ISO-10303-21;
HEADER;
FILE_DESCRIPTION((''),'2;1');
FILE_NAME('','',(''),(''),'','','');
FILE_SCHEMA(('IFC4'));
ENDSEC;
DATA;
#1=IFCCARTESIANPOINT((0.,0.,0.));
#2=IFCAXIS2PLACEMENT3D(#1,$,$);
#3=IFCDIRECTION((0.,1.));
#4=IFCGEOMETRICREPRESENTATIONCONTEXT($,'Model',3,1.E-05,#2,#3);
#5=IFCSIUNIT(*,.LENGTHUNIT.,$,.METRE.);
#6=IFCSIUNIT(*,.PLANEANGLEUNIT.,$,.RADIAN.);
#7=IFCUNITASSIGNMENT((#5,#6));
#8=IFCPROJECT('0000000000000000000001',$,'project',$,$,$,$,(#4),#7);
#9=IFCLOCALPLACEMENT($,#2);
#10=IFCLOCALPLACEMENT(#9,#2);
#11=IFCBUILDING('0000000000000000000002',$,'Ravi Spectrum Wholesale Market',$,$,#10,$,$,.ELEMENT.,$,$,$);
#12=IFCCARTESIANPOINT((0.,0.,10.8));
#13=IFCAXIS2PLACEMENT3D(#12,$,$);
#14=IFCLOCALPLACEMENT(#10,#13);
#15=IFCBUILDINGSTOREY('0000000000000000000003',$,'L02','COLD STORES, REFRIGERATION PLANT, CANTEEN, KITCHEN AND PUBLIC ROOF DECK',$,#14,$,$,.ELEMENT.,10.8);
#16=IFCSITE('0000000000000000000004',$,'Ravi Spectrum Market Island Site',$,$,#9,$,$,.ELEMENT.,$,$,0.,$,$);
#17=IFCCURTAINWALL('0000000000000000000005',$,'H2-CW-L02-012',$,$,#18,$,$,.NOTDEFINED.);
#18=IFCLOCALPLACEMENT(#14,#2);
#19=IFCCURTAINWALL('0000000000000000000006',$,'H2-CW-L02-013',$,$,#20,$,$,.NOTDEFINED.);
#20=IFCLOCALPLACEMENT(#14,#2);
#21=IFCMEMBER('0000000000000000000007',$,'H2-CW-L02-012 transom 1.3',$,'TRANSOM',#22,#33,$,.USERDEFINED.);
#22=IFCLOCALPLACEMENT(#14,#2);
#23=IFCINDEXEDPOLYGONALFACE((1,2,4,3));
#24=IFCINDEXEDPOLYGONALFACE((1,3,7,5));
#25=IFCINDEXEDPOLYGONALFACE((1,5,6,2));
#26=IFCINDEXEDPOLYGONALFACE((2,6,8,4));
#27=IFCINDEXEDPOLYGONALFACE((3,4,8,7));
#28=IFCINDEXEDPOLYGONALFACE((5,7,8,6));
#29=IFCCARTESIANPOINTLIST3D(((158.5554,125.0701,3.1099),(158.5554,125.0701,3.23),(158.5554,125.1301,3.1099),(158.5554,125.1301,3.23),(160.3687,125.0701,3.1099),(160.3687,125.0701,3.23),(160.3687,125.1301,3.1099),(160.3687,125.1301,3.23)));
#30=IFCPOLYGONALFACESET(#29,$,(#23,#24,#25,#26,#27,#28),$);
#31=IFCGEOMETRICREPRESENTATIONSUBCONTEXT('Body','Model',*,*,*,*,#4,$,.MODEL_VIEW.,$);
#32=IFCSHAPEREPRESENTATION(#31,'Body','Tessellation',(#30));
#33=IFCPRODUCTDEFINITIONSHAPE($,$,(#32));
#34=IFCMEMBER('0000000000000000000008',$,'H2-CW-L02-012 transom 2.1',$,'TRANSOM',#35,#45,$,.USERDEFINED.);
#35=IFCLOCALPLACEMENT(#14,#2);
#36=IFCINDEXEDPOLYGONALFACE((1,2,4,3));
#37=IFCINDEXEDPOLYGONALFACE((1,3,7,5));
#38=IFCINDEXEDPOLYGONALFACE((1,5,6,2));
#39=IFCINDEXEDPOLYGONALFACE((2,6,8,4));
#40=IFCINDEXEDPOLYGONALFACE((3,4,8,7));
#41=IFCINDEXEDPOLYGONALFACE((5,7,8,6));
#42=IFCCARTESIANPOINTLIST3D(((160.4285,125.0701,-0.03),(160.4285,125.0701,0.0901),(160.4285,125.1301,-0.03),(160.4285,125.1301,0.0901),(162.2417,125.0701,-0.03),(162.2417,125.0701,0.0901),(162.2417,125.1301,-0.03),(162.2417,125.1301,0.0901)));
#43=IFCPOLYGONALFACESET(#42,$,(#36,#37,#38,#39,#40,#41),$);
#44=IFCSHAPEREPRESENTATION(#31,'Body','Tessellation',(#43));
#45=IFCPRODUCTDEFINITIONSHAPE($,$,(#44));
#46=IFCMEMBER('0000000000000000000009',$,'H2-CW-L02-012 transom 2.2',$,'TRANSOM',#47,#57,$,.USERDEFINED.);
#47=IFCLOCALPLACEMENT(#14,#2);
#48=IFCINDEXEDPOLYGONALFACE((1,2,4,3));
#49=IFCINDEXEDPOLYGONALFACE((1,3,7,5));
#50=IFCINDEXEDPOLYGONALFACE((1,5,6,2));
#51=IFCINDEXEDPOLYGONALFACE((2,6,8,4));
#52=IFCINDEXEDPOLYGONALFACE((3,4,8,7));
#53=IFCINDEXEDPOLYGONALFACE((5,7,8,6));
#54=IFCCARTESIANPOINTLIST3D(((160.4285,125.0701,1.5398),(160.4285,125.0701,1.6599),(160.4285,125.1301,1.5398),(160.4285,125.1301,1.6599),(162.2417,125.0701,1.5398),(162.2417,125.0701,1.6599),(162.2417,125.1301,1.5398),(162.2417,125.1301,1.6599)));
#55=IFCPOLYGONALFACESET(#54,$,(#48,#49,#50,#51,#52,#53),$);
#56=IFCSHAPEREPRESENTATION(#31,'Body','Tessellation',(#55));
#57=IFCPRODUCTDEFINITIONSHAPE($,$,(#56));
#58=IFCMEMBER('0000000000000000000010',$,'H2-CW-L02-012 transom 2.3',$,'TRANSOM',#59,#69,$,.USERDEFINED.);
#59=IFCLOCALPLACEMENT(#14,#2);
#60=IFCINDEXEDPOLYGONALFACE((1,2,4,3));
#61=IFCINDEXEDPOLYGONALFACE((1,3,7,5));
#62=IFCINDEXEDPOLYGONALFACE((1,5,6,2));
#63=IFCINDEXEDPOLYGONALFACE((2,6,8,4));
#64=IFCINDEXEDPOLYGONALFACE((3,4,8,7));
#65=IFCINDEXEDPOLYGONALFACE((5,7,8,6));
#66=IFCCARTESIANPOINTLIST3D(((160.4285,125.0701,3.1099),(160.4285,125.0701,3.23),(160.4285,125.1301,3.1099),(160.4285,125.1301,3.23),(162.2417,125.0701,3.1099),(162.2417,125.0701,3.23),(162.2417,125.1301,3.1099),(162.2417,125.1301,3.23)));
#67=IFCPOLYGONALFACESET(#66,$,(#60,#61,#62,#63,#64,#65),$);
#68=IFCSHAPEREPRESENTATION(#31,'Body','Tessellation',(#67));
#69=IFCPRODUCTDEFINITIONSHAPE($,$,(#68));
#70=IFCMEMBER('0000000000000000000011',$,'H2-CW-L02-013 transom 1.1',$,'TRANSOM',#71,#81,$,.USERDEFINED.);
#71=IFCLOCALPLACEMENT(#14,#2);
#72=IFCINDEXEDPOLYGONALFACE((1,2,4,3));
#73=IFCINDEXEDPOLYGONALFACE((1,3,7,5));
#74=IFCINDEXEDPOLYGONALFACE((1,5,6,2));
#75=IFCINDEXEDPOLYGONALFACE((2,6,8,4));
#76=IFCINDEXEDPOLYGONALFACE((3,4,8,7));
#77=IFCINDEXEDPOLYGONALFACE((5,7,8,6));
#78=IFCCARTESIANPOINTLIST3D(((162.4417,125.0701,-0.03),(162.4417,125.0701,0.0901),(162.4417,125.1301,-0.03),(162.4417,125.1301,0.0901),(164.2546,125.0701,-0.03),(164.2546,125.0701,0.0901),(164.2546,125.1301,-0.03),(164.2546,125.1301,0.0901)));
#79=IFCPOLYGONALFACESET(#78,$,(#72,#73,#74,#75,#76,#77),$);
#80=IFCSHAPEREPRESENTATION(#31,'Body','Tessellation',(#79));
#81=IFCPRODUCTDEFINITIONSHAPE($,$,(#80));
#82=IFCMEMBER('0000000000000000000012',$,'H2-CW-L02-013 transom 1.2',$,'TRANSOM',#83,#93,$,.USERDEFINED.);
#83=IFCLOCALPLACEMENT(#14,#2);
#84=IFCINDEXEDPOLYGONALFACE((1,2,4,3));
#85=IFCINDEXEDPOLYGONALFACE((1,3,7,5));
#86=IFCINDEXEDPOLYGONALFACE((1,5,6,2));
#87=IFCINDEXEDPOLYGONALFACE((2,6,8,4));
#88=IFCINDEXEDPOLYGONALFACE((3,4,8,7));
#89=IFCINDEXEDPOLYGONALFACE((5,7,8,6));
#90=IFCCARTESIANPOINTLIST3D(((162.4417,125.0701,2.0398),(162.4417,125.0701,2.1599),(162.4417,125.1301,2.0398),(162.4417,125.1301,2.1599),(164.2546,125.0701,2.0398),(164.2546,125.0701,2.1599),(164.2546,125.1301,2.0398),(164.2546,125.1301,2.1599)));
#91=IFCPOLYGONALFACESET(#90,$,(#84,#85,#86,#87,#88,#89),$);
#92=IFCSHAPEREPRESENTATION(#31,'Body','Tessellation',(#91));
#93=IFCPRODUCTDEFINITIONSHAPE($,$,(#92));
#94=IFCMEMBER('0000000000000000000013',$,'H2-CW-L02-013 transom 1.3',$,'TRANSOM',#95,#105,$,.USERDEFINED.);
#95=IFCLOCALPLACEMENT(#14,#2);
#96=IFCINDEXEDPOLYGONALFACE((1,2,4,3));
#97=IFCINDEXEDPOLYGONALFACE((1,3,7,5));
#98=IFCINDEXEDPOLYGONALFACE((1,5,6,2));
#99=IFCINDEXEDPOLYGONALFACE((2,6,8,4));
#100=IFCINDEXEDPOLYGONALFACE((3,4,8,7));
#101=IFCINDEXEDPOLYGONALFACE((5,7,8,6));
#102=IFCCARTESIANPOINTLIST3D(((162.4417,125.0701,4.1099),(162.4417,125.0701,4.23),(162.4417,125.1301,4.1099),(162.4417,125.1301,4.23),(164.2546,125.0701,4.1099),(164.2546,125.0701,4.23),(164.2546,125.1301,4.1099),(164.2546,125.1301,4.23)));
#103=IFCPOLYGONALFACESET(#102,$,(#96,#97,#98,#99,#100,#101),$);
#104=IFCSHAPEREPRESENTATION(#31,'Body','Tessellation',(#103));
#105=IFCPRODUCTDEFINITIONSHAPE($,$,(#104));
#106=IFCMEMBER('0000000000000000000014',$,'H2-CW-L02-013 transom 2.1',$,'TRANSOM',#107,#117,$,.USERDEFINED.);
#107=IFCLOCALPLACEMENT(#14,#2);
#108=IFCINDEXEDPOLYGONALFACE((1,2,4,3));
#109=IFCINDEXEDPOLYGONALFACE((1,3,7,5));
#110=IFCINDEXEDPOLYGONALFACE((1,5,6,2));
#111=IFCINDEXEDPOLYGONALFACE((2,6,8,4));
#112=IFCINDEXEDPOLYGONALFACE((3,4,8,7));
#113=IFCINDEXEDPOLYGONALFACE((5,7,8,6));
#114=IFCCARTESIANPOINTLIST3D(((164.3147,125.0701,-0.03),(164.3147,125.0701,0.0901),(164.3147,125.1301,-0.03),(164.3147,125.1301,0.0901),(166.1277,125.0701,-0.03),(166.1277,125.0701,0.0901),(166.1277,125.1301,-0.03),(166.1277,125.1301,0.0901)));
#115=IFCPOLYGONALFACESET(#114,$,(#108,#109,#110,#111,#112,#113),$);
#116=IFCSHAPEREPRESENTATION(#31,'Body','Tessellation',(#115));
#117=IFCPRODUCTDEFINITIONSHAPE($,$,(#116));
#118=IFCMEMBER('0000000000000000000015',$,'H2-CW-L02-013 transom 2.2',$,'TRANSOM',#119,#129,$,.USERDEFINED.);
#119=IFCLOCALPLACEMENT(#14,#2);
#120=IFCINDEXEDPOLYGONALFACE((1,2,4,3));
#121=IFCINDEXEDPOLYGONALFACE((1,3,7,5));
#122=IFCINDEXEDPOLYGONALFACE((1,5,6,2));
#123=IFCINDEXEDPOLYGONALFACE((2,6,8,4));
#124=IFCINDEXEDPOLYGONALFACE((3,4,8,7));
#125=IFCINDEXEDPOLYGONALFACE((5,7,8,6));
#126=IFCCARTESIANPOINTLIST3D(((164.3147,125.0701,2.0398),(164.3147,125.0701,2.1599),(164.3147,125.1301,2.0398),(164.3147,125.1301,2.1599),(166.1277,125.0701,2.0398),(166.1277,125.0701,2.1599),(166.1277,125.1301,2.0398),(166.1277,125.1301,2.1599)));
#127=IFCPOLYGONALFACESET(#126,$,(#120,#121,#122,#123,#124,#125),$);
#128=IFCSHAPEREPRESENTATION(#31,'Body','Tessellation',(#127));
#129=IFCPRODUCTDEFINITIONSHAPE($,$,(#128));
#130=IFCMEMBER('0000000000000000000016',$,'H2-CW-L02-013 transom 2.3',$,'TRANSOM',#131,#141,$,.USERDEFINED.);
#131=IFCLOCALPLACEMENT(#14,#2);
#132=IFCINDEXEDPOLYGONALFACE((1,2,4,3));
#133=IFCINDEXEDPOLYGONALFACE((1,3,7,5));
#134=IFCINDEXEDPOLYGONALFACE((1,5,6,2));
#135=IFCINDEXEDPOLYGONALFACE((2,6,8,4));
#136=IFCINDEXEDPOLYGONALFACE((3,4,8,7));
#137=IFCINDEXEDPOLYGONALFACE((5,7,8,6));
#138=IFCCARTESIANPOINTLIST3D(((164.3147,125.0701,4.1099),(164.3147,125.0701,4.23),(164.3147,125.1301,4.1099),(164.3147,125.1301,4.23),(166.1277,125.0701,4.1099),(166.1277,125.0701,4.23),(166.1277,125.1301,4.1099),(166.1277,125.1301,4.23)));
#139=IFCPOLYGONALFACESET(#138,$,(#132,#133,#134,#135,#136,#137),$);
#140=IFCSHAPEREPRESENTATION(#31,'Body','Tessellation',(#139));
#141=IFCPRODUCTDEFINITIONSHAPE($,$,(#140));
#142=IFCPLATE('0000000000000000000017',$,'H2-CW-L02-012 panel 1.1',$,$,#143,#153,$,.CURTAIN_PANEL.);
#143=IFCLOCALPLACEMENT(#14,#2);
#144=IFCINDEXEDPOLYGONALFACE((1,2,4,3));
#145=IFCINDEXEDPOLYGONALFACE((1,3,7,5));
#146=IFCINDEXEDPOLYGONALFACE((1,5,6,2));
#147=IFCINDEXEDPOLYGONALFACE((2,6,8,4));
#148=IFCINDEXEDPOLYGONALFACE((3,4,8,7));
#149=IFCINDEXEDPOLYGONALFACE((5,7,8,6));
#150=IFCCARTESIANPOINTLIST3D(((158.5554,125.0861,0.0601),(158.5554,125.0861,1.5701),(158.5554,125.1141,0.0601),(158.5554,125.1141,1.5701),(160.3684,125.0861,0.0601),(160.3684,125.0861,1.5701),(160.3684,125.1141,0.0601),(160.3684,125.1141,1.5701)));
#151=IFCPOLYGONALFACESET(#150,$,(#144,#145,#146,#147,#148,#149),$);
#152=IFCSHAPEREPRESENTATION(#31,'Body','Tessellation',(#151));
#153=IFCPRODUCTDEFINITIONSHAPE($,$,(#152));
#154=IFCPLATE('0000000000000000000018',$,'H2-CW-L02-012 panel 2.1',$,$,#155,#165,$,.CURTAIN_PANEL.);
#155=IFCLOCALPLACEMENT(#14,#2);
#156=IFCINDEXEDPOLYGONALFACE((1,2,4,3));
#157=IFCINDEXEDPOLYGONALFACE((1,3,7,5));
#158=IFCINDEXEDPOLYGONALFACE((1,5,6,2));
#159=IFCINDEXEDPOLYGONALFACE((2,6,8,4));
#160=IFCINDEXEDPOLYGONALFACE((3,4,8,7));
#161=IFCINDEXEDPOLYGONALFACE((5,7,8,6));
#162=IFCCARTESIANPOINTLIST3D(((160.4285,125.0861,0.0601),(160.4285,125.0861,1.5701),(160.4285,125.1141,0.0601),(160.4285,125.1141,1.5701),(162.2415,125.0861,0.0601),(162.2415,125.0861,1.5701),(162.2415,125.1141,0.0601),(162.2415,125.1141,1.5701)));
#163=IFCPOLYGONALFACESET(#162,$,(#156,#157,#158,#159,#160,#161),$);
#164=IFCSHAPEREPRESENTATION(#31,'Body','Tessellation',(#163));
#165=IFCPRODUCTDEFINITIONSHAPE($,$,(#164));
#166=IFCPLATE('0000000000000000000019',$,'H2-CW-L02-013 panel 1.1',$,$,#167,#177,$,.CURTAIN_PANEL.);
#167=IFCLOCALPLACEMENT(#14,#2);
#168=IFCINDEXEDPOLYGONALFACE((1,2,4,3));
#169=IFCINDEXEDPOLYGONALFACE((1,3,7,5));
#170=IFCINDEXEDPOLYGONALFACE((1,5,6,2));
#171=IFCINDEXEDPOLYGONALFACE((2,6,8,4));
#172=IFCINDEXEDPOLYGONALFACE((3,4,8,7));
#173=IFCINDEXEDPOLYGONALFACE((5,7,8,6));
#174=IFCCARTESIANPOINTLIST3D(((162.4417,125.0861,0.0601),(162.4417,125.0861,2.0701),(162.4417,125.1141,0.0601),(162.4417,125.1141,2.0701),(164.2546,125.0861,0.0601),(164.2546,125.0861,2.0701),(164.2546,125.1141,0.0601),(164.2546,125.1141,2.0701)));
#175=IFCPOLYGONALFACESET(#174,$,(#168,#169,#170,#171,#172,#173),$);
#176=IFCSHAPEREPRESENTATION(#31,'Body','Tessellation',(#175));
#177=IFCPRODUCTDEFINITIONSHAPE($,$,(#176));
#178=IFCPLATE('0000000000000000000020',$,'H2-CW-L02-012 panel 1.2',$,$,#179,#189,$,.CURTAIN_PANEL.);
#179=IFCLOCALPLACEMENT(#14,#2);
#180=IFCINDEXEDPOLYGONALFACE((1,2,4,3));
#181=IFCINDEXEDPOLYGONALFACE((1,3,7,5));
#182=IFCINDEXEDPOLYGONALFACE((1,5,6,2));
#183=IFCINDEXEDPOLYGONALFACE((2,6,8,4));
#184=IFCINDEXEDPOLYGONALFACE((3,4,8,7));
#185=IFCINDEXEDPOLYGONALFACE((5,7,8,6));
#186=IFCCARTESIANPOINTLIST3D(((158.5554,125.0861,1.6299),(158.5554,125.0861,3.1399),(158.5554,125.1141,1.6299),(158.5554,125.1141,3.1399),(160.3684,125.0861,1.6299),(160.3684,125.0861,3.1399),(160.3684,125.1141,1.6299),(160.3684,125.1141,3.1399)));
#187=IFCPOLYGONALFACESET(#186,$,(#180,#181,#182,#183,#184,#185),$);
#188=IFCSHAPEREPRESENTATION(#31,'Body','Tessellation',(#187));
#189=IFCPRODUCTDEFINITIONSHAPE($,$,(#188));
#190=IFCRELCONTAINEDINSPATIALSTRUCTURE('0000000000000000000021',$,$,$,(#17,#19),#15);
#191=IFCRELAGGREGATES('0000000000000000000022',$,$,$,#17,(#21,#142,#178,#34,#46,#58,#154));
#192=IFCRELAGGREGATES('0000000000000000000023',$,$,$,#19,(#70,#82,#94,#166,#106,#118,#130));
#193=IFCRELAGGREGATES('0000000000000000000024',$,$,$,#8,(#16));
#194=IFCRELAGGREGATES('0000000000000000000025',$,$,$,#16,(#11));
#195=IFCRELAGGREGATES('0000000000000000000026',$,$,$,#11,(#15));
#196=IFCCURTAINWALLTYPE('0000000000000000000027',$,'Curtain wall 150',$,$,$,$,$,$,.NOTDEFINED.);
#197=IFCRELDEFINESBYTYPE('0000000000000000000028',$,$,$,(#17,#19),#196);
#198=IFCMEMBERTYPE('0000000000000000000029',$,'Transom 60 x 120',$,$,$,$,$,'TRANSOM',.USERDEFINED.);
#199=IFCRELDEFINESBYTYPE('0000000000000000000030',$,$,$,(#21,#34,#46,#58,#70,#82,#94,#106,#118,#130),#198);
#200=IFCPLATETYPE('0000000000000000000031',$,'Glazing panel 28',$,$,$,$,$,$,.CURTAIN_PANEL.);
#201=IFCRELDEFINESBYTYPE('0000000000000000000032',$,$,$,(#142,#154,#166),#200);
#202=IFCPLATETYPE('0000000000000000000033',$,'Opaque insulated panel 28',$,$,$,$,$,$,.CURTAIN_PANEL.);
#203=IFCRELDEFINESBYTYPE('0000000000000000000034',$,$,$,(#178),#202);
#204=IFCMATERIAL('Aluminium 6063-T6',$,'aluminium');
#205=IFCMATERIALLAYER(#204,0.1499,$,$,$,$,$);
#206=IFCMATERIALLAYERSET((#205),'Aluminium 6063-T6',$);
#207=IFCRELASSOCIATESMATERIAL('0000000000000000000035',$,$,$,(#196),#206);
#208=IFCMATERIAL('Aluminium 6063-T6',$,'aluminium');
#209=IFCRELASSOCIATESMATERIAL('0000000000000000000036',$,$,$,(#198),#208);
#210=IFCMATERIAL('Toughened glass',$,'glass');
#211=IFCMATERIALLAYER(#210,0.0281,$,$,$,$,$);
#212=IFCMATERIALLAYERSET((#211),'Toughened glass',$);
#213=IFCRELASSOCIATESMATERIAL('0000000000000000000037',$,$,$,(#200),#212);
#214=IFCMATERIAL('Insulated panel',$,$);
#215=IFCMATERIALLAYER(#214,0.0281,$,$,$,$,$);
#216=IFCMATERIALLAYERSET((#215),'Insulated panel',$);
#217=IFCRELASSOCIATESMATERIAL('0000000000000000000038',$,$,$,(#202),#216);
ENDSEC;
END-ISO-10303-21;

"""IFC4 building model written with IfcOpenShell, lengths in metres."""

from ifc_helpers import new_model, si_unit, direction, frame, origin, origin_2d, place, context, subcontext, project, spatial, rectangle, extrude, material, layer, layer_set, material_profile, profile_set, type_object, element, aggregate, save


model = new_model("IFC4")

# Units and contexts
model_context = context("Model", 3, precision=1e-05, world=origin(), true_north=direction((0.0, 1.0)))
body_context = subcontext(model_context, "Body", "Model", "MODEL_VIEW")
ifc_project = project(units=[si_unit("LENGTHUNIT", "METRE"), si_unit("PLANEANGLEUNIT", "RADIAN")], contexts=[model_context])

# Site, building, storey
site_placement = place(None, origin())
site = spatial("IfcSite", under=ifc_project, at=site_placement, Name="Ravi Spectrum Market Island Site", CompositionType="ELEMENT", RefElevation=0.0)
building_placement = place(site_placement, origin())
building = spatial("IfcBuilding", under=site, at=building_placement, Name="Ravi Spectrum Wholesale Market", CompositionType="ELEMENT")
storey_placement = place(building_placement, frame((0.0, 0.0, 10.8)))
storey = spatial("IfcBuildingStorey", under=building, at=storey_placement, Name="L02", Description="COLD STORES, REFRIGERATION PLANT, CANTEEN, KITCHEN AND PUBLIC ROOF DECK", CompositionType="ELEMENT", Elevation=10.8)

# Curtain walls
ifc_material_1 = material(Name="Aluminium 6063-T6", Category="aluminium")
ifc_layer_1 = layer(ifc_material_1, 0.1499)
ifc_layer_set_1 = layer_set([ifc_layer_1], Name="Aluminium 6063-T6")
curtain_wall_type = type_object("IfcCurtainWallType", Name="Curtain wall 150", PredefinedType="NOTDEFINED", material=ifc_layer_set_1)
curtain_wall_1_placement = place(storey_placement, origin())
curtain_wall_1 = element("IfcCurtainWall", 1, at=curtain_wall_1_placement, inside=storey, type_object=curtain_wall_type, Name="H2-CW-L02-012", PredefinedType="NOTDEFINED")
curtain_wall_2_placement = place(storey_placement, origin())
curtain_wall_2 = element("IfcCurtainWall", 2, at=curtain_wall_2_placement, inside=storey, type_object=curtain_wall_type, Name="H2-CW-L02-013", PredefinedType="NOTDEFINED")

# Members
ifc_material_2 = material(Name="Aluminium 6063-T6", Category="aluminium")
ifc_material_profile_1 = material_profile(ifc_material_2, rectangle(XDim=0.0601, YDim=0.1201, at=origin_2d()))
ifc_profile_set_1 = profile_set([ifc_material_profile_1], Name="Aluminium 6063-T6")
member_type_1 = type_object("IfcMemberType", Name="Transom 60 x 120", ElementType="TRANSOM", PredefinedType="USERDEFINED", material=ifc_profile_set_1)
member_1_placement = place(storey_placement, frame((158.5554, 125.1001, 3.1699), z_axis=(1.0, 0.0, 0.0), x_axis=(0.0, 1.0, 0.0)))
member_1 = element("IfcMember", 3, at=member_1_placement, type_object=member_type_1, Name="H2-CW-L02-012 transom 1.3", ObjectType="TRANSOM", PredefinedType="USERDEFINED", context=body_context, shape_type="SweptSolid", body=[
    extrude(rectangle(XDim=0.0601, YDim=0.1201, at=origin_2d()), origin(), (0.0, 0.0, 1.0), 1.8132),
])
member_2_placement = place(storey_placement, frame((160.4285, 125.1001, 0.03), z_axis=(1.0, 0.0, 0.0), x_axis=(0.0, 1.0, 0.0)))
member_2 = element("IfcMember", 4, at=member_2_placement, type_object=member_type_1, Name="H2-CW-L02-012 transom 2.1", ObjectType="TRANSOM", PredefinedType="USERDEFINED", context=body_context, shape_type="SweptSolid", body=[
    extrude(rectangle(XDim=0.0601, YDim=0.1201, at=origin_2d()), origin(), (0.0, 0.0, 1.0), 1.8132),
])
member_3_placement = place(storey_placement, frame((160.4285, 125.1001, 1.5999), z_axis=(1.0, 0.0, 0.0), x_axis=(0.0, 1.0, 0.0)))
member_3 = element("IfcMember", 5, at=member_3_placement, type_object=member_type_1, Name="H2-CW-L02-012 transom 2.2", ObjectType="TRANSOM", PredefinedType="USERDEFINED", context=body_context, shape_type="SweptSolid", body=[
    extrude(rectangle(XDim=0.0601, YDim=0.1201, at=origin_2d()), origin(), (0.0, 0.0, 1.0), 1.8132),
])
member_4_placement = place(storey_placement, frame((160.4285, 125.1001, 3.1699), z_axis=(1.0, 0.0, 0.0), x_axis=(0.0, 1.0, 0.0)))
member_4 = element("IfcMember", 6, at=member_4_placement, type_object=member_type_1, Name="H2-CW-L02-012 transom 2.3", ObjectType="TRANSOM", PredefinedType="USERDEFINED", context=body_context, shape_type="SweptSolid", body=[
    extrude(rectangle(XDim=0.0601, YDim=0.1201, at=origin_2d()), origin(), (0.0, 0.0, 1.0), 1.8132),
])
member_5_placement = place(storey_placement, frame((162.4417, 125.1001, 0.03), z_axis=(1.0, 0.0, 0.0), x_axis=(0.0, 1.0, 0.0)))
member_5 = element("IfcMember", 7, at=member_5_placement, type_object=member_type_1, Name="H2-CW-L02-013 transom 1.1", ObjectType="TRANSOM", PredefinedType="USERDEFINED", context=body_context, shape_type="SweptSolid", body=[
    extrude(rectangle(XDim=0.0601, YDim=0.1201, at=origin_2d()), origin(), (0.0, 0.0, 1.0), 1.813),
])
member_6_placement = place(storey_placement, frame((162.4417, 125.1001, 2.0999), z_axis=(1.0, 0.0, 0.0), x_axis=(0.0, 1.0, 0.0)))
member_6 = element("IfcMember", 8, at=member_6_placement, type_object=member_type_1, Name="H2-CW-L02-013 transom 1.2", ObjectType="TRANSOM", PredefinedType="USERDEFINED", context=body_context, shape_type="SweptSolid", body=[
    extrude(rectangle(XDim=0.0601, YDim=0.1201, at=origin_2d()), origin(), (0.0, 0.0, 1.0), 1.813),
])
member_7_placement = place(storey_placement, frame((162.4417, 125.1001, 4.1699), z_axis=(1.0, 0.0, 0.0), x_axis=(0.0, 1.0, 0.0)))
member_7 = element("IfcMember", 9, at=member_7_placement, type_object=member_type_1, Name="H2-CW-L02-013 transom 1.3", ObjectType="TRANSOM", PredefinedType="USERDEFINED", context=body_context, shape_type="SweptSolid", body=[
    extrude(rectangle(XDim=0.0601, YDim=0.1201, at=origin_2d()), origin(), (0.0, 0.0, 1.0), 1.813),
])
member_8_placement = place(storey_placement, frame((164.3147, 125.1001, 0.03), z_axis=(1.0, 0.0, 0.0), x_axis=(0.0, 1.0, 0.0)))
member_8 = element("IfcMember", 10, at=member_8_placement, type_object=member_type_1, Name="H2-CW-L02-013 transom 2.1", ObjectType="TRANSOM", PredefinedType="USERDEFINED", context=body_context, shape_type="SweptSolid", body=[
    extrude(rectangle(XDim=0.0601, YDim=0.1201, at=origin_2d()), origin(), (0.0, 0.0, 1.0), 1.813),
])
member_9_placement = place(storey_placement, frame((164.3147, 125.1001, 2.0999), z_axis=(1.0, 0.0, 0.0), x_axis=(0.0, 1.0, 0.0)))
member_9 = element("IfcMember", 11, at=member_9_placement, type_object=member_type_1, Name="H2-CW-L02-013 transom 2.2", ObjectType="TRANSOM", PredefinedType="USERDEFINED", context=body_context, shape_type="SweptSolid", body=[
    extrude(rectangle(XDim=0.0601, YDim=0.1201, at=origin_2d()), origin(), (0.0, 0.0, 1.0), 1.813),
])
member_10_placement = place(storey_placement, frame((164.3147, 125.1001, 4.1699), z_axis=(1.0, 0.0, 0.0), x_axis=(0.0, 1.0, 0.0)))
member_10 = element("IfcMember", 12, at=member_10_placement, type_object=member_type_1, Name="H2-CW-L02-013 transom 2.3", ObjectType="TRANSOM", PredefinedType="USERDEFINED", context=body_context, shape_type="SweptSolid", body=[
    extrude(rectangle(XDim=0.0601, YDim=0.1201, at=origin_2d()), origin(), (0.0, 0.0, 1.0), 1.813),
])

# Plates
ifc_material_3 = material(Name="Toughened glass", Category="glass")
ifc_layer_2 = layer(ifc_material_3, 0.0281)
ifc_layer_set_2 = layer_set([ifc_layer_2], Name="Toughened glass")
plate_type_1 = type_object("IfcPlateType", Name="Glazing panel 28", PredefinedType="CURTAIN_PANEL", material=ifc_layer_set_2)
plate_1_placement = place(storey_placement, frame((159.4619, 125.1001, 0.0601), z_axis=(0.0, 0.0, 1.0), x_axis=(1.0, 0.0, 0.0)))
plate_1 = element("IfcPlate", 13, at=plate_1_placement, type_object=plate_type_1, Name="H2-CW-L02-012 panel 1.1", PredefinedType="CURTAIN_PANEL", context=body_context, shape_type="SweptSolid", body=[
    extrude(rectangle(XDim=1.813, YDim=0.0281, at=origin_2d()), origin(), (0.0, 0.0, 1.0), 1.51),
])
plate_2_placement = place(storey_placement, frame((161.335, 125.1001, 0.0601), z_axis=(0.0, 0.0, 1.0), x_axis=(1.0, 0.0, 0.0)))
plate_2 = element("IfcPlate", 14, at=plate_2_placement, type_object=plate_type_1, Name="H2-CW-L02-012 panel 2.1", PredefinedType="CURTAIN_PANEL", context=body_context, shape_type="SweptSolid", body=[
    extrude(rectangle(XDim=1.813, YDim=0.0281, at=origin_2d()), origin(), (0.0, 0.0, 1.0), 1.51),
])
plate_3_placement = place(storey_placement, frame((163.3481, 125.1001, 0.0601), z_axis=(0.0, 0.0, 1.0), x_axis=(1.0, 0.0, 0.0)))
plate_3 = element("IfcPlate", 15, at=plate_3_placement, type_object=plate_type_1, Name="H2-CW-L02-013 panel 1.1", PredefinedType="CURTAIN_PANEL", context=body_context, shape_type="SweptSolid", body=[
    extrude(rectangle(XDim=1.813, YDim=0.0281, at=origin_2d()), origin(), (0.0, 0.0, 1.0), 2.01),
])
ifc_material_4 = material(Name="Insulated panel")
ifc_layer_3 = layer(ifc_material_4, 0.0281)
ifc_layer_set_3 = layer_set([ifc_layer_3], Name="Insulated panel")
plate_type_2 = type_object("IfcPlateType", Name="Opaque insulated panel 28", PredefinedType="CURTAIN_PANEL", material=ifc_layer_set_3)
plate_4_placement = place(storey_placement, frame((159.4619, 125.1001, 1.6299), z_axis=(0.0, 0.0, 1.0), x_axis=(1.0, 0.0, 0.0)))
plate_4 = element("IfcPlate", 16, at=plate_4_placement, type_object=plate_type_2, Name="H2-CW-L02-012 panel 1.2", PredefinedType="CURTAIN_PANEL", context=body_context, shape_type="SweptSolid", body=[
    extrude(rectangle(XDim=1.813, YDim=0.0281, at=origin_2d()), origin(), (0.0, 0.0, 1.0), 1.51),
])
aggregate(curtain_wall_1, [member_1, plate_1, plate_4, member_2, member_3, member_4, plate_2])
aggregate(curtain_wall_2, [member_5, member_6, member_7, plate_3, member_8, member_9, member_10])

save(model, "model.ifc")
